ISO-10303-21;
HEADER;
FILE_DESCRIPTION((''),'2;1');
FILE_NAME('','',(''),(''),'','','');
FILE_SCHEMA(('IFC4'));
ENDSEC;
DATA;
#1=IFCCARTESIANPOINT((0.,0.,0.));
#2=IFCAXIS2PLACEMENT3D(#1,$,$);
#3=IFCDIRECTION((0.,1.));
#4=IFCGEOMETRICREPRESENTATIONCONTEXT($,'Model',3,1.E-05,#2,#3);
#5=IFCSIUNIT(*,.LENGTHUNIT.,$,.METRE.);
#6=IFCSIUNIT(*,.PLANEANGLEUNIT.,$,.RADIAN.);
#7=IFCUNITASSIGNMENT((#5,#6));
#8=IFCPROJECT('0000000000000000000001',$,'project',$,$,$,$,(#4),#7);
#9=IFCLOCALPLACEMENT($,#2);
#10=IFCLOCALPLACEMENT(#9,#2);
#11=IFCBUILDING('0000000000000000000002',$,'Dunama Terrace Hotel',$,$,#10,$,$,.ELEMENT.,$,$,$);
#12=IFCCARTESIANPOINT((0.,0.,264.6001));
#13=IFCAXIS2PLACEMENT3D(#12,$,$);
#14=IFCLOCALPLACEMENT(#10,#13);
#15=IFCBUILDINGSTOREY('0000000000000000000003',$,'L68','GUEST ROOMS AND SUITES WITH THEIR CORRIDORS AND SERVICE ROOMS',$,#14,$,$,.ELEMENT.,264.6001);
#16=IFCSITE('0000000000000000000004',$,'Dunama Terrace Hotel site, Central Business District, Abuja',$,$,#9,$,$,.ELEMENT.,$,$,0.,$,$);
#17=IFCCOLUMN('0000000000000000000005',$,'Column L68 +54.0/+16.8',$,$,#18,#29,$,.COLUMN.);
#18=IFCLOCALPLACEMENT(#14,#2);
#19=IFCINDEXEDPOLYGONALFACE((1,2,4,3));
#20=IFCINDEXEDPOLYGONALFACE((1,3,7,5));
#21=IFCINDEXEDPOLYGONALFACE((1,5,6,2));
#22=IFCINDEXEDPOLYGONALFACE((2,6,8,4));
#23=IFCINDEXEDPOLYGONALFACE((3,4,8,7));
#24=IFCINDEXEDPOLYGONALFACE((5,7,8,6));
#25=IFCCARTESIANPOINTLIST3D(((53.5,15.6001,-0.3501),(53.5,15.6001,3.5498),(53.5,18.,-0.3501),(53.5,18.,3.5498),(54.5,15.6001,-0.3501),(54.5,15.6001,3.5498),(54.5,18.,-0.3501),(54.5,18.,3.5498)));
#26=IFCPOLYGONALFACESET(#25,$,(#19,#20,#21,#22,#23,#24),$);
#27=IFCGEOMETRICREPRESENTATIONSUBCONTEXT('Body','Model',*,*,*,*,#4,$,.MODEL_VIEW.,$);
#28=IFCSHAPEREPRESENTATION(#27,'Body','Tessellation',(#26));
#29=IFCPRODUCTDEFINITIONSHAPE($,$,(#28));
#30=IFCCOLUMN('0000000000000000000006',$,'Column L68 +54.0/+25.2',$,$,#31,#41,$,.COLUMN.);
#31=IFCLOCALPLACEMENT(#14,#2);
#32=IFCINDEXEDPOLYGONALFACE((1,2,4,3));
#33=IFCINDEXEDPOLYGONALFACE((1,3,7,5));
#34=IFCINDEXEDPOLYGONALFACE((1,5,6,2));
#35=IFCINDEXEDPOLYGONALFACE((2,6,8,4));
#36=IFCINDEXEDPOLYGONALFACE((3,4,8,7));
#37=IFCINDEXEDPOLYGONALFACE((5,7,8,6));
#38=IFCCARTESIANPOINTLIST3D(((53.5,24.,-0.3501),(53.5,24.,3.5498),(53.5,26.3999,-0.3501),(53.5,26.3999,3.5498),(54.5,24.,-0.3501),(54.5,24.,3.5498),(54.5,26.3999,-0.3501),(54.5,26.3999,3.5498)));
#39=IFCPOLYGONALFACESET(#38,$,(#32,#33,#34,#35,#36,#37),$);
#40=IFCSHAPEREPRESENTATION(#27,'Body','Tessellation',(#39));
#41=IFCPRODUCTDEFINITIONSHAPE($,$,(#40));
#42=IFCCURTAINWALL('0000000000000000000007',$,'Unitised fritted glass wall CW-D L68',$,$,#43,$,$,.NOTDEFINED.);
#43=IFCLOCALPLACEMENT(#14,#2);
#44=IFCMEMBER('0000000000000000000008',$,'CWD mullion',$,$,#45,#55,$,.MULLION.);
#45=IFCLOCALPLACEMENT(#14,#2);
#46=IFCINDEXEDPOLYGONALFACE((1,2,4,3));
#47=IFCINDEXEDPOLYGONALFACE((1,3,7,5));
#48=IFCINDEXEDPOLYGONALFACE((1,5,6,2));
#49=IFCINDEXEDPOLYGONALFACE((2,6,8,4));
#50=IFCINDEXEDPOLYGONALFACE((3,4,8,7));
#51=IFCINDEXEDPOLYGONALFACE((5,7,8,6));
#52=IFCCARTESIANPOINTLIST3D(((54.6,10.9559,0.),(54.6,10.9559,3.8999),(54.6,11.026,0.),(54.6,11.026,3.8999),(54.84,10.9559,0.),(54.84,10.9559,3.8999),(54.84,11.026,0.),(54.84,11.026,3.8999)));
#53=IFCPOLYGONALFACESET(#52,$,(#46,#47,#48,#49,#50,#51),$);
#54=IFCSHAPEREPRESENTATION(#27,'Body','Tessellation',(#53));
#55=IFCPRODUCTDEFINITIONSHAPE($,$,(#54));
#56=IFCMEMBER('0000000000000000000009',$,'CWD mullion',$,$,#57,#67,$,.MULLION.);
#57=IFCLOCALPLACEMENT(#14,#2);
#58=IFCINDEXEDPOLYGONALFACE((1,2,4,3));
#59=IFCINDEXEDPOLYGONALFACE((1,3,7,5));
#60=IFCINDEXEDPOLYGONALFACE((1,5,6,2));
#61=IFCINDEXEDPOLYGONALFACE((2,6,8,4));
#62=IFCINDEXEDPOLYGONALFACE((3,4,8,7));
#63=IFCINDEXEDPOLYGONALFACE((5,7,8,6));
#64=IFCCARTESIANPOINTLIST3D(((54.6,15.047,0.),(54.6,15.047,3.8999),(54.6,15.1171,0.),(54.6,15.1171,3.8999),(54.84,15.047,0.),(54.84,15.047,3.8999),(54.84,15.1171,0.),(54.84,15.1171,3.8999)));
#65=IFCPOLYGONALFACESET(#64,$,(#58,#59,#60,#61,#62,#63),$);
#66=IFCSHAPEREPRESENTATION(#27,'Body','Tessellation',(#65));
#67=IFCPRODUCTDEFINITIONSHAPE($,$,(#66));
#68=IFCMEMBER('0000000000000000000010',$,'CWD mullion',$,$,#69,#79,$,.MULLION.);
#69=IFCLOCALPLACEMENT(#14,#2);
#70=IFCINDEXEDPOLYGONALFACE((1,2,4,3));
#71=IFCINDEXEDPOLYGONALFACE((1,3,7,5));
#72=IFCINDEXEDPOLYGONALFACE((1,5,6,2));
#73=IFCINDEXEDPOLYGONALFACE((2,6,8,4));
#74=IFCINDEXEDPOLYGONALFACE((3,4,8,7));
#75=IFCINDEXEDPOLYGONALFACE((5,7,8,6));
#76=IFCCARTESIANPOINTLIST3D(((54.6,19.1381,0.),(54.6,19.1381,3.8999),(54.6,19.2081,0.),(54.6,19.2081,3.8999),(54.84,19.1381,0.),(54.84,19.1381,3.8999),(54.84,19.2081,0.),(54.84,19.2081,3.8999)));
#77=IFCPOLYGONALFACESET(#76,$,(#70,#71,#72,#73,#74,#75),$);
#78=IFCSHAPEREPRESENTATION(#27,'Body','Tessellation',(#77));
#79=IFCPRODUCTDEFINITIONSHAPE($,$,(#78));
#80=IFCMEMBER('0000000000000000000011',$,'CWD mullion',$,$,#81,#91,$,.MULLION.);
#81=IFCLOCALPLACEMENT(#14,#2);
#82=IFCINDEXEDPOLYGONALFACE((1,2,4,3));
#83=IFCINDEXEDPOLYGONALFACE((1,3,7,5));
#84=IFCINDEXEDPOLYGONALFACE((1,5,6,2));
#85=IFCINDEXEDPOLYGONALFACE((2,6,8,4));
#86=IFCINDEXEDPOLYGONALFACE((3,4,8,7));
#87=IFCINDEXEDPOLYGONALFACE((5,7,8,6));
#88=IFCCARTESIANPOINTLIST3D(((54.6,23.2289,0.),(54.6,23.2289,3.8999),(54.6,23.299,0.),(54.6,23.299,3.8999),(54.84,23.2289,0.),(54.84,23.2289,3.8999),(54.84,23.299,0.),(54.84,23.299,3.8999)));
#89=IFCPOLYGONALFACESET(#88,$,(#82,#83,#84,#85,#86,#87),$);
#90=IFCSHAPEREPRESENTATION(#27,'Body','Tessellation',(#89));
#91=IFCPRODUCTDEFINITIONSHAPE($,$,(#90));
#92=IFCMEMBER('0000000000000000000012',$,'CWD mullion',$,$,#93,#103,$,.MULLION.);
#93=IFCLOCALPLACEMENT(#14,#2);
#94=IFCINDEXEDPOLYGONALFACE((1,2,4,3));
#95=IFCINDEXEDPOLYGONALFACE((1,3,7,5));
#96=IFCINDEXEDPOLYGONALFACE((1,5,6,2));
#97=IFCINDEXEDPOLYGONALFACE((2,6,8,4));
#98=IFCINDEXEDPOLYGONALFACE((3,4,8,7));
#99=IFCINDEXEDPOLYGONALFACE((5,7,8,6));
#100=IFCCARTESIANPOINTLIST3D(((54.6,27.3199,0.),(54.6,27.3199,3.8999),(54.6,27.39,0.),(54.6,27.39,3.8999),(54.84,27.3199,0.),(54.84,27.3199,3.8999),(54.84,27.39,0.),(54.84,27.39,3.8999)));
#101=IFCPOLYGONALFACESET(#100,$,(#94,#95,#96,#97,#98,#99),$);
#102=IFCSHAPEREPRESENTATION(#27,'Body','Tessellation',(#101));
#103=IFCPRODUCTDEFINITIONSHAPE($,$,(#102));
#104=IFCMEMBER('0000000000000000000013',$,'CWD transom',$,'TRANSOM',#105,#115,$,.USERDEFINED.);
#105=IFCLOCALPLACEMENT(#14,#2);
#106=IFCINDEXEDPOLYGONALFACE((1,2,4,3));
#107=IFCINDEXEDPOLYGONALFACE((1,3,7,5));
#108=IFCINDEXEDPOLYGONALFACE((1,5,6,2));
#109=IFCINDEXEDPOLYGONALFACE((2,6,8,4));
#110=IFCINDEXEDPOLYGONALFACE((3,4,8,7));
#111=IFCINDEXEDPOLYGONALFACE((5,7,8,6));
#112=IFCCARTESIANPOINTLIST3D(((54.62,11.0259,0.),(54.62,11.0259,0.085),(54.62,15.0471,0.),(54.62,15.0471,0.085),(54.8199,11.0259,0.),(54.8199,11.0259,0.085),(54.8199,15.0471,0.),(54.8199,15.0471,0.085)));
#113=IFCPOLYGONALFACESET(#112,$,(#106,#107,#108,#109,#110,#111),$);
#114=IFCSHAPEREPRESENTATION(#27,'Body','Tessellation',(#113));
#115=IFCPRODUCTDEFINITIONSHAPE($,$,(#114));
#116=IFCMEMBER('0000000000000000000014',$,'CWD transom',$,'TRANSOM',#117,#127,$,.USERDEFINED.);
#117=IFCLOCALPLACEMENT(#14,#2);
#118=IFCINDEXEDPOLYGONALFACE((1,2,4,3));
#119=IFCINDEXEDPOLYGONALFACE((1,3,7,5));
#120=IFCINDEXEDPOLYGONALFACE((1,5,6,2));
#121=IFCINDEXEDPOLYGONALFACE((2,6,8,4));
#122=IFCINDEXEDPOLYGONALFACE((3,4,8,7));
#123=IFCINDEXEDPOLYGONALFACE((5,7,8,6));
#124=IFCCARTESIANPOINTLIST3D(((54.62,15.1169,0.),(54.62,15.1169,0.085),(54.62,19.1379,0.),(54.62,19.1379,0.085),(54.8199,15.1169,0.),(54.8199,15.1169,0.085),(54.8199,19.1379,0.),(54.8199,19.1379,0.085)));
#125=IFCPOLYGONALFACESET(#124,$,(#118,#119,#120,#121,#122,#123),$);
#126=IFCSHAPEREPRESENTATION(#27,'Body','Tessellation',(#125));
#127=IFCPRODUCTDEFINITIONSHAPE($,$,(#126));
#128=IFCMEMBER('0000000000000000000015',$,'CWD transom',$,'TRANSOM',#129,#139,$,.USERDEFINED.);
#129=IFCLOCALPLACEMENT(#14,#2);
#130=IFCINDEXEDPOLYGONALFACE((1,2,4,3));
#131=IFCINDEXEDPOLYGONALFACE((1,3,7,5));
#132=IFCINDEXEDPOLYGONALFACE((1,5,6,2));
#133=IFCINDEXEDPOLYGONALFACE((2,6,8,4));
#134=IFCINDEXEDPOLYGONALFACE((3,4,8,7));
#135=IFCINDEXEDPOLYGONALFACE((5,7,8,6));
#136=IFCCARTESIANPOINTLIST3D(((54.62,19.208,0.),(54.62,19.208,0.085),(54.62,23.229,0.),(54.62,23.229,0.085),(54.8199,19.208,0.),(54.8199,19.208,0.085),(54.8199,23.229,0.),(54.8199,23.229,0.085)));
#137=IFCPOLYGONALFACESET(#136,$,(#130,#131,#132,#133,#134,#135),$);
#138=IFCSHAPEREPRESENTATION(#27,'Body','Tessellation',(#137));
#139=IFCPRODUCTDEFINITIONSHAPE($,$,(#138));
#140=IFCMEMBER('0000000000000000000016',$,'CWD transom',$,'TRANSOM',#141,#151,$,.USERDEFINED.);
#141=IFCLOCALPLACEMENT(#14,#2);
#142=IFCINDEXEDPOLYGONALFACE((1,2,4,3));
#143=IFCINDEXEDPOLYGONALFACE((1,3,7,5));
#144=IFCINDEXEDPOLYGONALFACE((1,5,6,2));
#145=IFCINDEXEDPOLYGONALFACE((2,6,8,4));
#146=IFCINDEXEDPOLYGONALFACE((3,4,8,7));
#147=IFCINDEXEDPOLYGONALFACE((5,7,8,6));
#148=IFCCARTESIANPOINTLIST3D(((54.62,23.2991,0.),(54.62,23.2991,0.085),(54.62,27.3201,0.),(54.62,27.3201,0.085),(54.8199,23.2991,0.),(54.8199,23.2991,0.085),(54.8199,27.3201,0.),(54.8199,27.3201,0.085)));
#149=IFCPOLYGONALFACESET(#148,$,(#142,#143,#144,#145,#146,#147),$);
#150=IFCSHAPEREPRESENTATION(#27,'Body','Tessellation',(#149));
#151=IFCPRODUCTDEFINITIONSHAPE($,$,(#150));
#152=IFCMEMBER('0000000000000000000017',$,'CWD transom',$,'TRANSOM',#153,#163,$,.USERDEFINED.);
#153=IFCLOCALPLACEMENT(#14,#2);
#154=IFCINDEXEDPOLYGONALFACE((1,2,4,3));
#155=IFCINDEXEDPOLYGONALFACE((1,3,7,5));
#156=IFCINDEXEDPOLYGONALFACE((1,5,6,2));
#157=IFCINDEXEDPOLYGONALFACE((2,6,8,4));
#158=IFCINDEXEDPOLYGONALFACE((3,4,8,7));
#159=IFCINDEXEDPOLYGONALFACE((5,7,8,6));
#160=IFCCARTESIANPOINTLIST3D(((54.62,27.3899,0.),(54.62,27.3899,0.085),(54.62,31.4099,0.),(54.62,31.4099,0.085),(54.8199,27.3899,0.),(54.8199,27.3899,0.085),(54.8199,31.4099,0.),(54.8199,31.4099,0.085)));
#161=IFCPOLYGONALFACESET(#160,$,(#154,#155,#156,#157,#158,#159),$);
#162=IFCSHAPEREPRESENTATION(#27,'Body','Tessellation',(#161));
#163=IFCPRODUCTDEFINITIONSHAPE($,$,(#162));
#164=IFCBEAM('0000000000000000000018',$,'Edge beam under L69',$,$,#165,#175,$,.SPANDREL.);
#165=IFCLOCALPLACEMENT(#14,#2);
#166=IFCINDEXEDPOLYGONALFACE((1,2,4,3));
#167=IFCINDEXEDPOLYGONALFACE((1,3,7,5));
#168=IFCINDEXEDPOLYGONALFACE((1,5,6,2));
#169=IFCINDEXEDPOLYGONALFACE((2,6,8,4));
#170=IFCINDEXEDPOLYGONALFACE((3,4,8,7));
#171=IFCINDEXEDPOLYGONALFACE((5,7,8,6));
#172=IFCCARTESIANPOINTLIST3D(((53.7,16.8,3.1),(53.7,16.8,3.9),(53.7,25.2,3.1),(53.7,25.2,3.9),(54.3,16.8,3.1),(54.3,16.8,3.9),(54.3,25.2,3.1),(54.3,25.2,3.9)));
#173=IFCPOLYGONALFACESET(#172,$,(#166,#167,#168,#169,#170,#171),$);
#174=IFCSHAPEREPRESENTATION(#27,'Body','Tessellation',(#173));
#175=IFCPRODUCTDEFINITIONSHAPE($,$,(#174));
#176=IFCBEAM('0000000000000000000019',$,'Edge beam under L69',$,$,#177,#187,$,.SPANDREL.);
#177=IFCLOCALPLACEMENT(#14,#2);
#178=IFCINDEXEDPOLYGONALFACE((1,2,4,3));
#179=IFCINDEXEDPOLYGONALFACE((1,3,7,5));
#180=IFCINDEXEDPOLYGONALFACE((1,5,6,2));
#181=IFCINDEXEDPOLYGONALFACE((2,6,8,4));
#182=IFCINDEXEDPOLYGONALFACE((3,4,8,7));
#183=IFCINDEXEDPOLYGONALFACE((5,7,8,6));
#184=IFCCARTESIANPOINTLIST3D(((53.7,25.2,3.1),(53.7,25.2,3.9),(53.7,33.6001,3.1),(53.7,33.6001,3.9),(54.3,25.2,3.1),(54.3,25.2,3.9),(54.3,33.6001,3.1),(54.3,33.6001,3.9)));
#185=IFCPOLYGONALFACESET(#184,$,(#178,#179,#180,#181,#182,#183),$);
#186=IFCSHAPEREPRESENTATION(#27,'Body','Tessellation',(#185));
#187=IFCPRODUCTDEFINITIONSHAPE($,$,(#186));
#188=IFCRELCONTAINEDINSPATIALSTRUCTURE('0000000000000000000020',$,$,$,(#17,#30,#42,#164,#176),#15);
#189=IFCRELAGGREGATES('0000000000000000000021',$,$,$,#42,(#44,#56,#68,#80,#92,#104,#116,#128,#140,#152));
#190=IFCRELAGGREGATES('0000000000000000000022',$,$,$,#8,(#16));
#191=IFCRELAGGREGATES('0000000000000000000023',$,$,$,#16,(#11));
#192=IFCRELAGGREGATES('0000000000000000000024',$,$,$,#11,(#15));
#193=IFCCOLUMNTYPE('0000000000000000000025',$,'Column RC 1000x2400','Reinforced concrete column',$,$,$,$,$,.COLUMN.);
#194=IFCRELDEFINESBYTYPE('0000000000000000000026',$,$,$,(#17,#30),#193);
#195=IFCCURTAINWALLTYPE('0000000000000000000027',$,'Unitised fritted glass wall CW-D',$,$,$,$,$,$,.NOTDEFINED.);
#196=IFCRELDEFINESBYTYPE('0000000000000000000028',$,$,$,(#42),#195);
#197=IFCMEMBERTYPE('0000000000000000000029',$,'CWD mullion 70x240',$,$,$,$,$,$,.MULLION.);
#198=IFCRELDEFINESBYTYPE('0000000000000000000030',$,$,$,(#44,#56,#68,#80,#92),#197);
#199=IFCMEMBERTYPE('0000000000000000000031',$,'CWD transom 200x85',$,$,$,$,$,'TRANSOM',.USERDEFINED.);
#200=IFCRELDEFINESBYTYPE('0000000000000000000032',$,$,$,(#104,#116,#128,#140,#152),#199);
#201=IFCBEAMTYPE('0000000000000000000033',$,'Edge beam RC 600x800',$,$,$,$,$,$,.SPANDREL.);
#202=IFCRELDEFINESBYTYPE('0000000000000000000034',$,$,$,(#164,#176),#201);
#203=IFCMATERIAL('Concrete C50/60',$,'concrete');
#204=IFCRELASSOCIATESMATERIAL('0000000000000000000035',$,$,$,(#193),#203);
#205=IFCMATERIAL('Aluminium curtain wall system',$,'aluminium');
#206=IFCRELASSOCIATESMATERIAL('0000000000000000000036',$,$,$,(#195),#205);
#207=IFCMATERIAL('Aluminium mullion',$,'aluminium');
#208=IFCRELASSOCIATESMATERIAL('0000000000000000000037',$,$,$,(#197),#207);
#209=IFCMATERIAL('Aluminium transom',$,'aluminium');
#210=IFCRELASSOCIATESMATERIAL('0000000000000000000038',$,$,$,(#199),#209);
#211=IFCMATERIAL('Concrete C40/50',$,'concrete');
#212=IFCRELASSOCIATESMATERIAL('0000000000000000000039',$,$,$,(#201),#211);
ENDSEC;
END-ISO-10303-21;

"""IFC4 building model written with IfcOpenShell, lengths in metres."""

from ifc_helpers import new_model, si_unit, direction, frame, origin, origin_2d, place, context, subcontext, project, spatial, rectangle, extrude, material, material_profile, profile_set, type_object, element, aggregate, save


model = new_model("IFC4")

# Units and contexts
model_context = context("Model", 3, precision=1e-05, world=origin(), true_north=direction((0.0, 1.0)))
body_context = subcontext(model_context, "Body", "Model", "MODEL_VIEW")
ifc_project = project(units=[si_unit("LENGTHUNIT", "METRE"), si_unit("PLANEANGLEUNIT", "RADIAN")], contexts=[model_context])

# Site, building, storey
site_placement = place(None, origin())
site = spatial("IfcSite", under=ifc_project, at=site_placement, Name="Dunama Terrace Hotel site, Central Business District, Abuja", CompositionType="ELEMENT", RefElevation=0.0)
building_placement = place(site_placement, origin())
building = spatial("IfcBuilding", under=site, at=building_placement, Name="Dunama Terrace Hotel", CompositionType="ELEMENT")
storey_placement = place(building_placement, frame((0.0, 0.0, 264.6001)))
storey = spatial("IfcBuildingStorey", under=building, at=storey_placement, Name="L68", Description="GUEST ROOMS AND SUITES WITH THEIR CORRIDORS AND SERVICE ROOMS", CompositionType="ELEMENT", Elevation=264.6001)

# Columns
ifc_material_1 = material(Name="Concrete C50/60", Category="concrete")
ifc_material_profile_1 = material_profile(ifc_material_1, rectangle(XDim=1.0, YDim=2.3999, at=origin_2d()), Name="RC 1000x2400")
ifc_profile_set_1 = profile_set([ifc_material_profile_1], Name="Concrete C50/60")
column_type = type_object("IfcColumnType", Name="Column RC 1000x2400", Description="Reinforced concrete column", PredefinedType="COLUMN", material=ifc_profile_set_1)
for number, where, z_axis, x_axis, name in (
    (1, (54.0, 16.8, -0.3501), (0.0, 0.0, 1.0), (1.0, 0.0, 0.0), "Column L68 +54.0/+16.8"),
    (2, (54.0, 25.2, -0.3501), (0.0, 0.0, 1.0), (1.0, 0.0, 0.0), "Column L68 +54.0/+25.2"),
):
    element("IfcColumn", number, at=place(storey_placement, frame(where, z_axis=z_axis, x_axis=x_axis)), inside=storey, type_object=column_type, Name=name, PredefinedType="COLUMN", context=body_context, shape_type="SweptSolid", body=[
        extrude(rectangle(XDim=1.0, YDim=2.3999, at=origin_2d()), origin(), (0.0, 0.0, 1.0), 3.8999),
    ])

# Curtain wall, members
ifc_material_2 = material(Name="Aluminium curtain wall system", Category="aluminium")
curtain_wall_type = type_object("IfcCurtainWallType", Name="Unitised fritted glass wall CW-D", PredefinedType="NOTDEFINED", material=ifc_material_2)
curtain_wall_placement = place(storey_placement, origin())
curtain_wall = element("IfcCurtainWall", 3, at=curtain_wall_placement, inside=storey, type_object=curtain_wall_type, Name="Unitised fritted glass wall CW-D L68", PredefinedType="NOTDEFINED")
ifc_material_3 = material(Name="Aluminium mullion", Category="aluminium")
ifc_material_profile_2 = material_profile(ifc_material_3, rectangle(XDim=0.0701, YDim=0.24, at=origin_2d()), Name="CWD MULLION 70X240")
ifc_profile_set_2 = profile_set([ifc_material_profile_2], Name="Aluminium mullion")
member_type_1 = type_object("IfcMemberType", Name="CWD mullion 70x240", PredefinedType="MULLION", material=ifc_profile_set_2)
member_1_placement = place(storey_placement, frame((54.72, 10.991, 0.0), z_axis=(0.0, 0.0, 1.0), x_axis=(0.0, 1.0, 0.0)))
member_1 = element("IfcMember", 4, at=member_1_placement, type_object=member_type_1, Name="CWD mullion", PredefinedType="MULLION", context=body_context, shape_type="SweptSolid", body=[
    extrude(rectangle(XDim=0.0701, YDim=0.24, at=origin_2d()), origin(), (0.0, 0.0, 1.0), 3.8999),
])
member_2_placement = place(storey_placement, frame((54.72, 15.082, 0.0), z_axis=(0.0, 0.0, 1.0), x_axis=(0.0, 1.0, 0.0)))
member_2 = element("IfcMember", 5, at=member_2_placement, type_object=member_type_1, Name="CWD mullion", PredefinedType="MULLION", context=body_context, shape_type="SweptSolid", body=[
    extrude(rectangle(XDim=0.0701, YDim=0.24, at=origin_2d()), origin(), (0.0, 0.0, 1.0), 3.8999),
])
member_3_placement = place(storey_placement, frame((54.72, 19.1731, 0.0), z_axis=(0.0, 0.0, 1.0), x_axis=(0.0, 1.0, 0.0)))
member_3 = element("IfcMember", 6, at=member_3_placement, type_object=member_type_1, Name="CWD mullion", PredefinedType="MULLION", context=body_context, shape_type="SweptSolid", body=[
    extrude(rectangle(XDim=0.0701, YDim=0.24, at=origin_2d()), origin(), (0.0, 0.0, 1.0), 3.8999),
])
member_4_placement = place(storey_placement, frame((54.72, 23.2639, 0.0), z_axis=(0.0, 0.0, 1.0), x_axis=(0.0, 1.0, 0.0)))
member_4 = element("IfcMember", 7, at=member_4_placement, type_object=member_type_1, Name="CWD mullion", PredefinedType="MULLION", context=body_context, shape_type="SweptSolid", body=[
    extrude(rectangle(XDim=0.0701, YDim=0.24, at=origin_2d()), origin(), (0.0, 0.0, 1.0), 3.8999),
])
member_5_placement = place(storey_placement, frame((54.72, 27.355, 0.0), z_axis=(0.0, 0.0, 1.0), x_axis=(0.0, 1.0, 0.0)))
member_5 = element("IfcMember", 8, at=member_5_placement, type_object=member_type_1, Name="CWD mullion", PredefinedType="MULLION", context=body_context, shape_type="SweptSolid", body=[
    extrude(rectangle(XDim=0.0701, YDim=0.24, at=origin_2d()), origin(), (0.0, 0.0, 1.0), 3.8999),
])
ifc_material_4 = material(Name="Aluminium transom", Category="aluminium")
ifc_material_profile_3 = material_profile(ifc_material_4, rectangle(XDim=0.2, YDim=0.085, at=origin_2d()), Name="CWD TRANSOM 200X85")
ifc_profile_set_3 = profile_set([ifc_material_profile_3], Name="Aluminium transom")
member_type_2 = type_object("IfcMemberType", Name="CWD transom 200x85", ElementType="TRANSOM", PredefinedType="USERDEFINED", material=ifc_profile_set_3)
member_6_placement = place(storey_placement, frame((54.72, 11.0259, 0.0425), z_axis=(0.0, 1.0, 0.0), x_axis=(-1.0, 0.0, 0.0)))
member_6 = element("IfcMember", 9, at=member_6_placement, type_object=member_type_2, Name="CWD transom", ObjectType="TRANSOM", PredefinedType="USERDEFINED", context=body_context, shape_type="SweptSolid", body=[
    extrude(rectangle(XDim=0.2, YDim=0.085, at=origin_2d()), origin(), (0.0, 0.0, 1.0), 4.0212),
])
member_7_placement = place(storey_placement, frame((54.72, 15.1169, 0.0425), z_axis=(0.0, 1.0, 0.0), x_axis=(-1.0, 0.0, 0.0)))
member_7 = element("IfcMember", 10, at=member_7_placement, type_object=member_type_2, Name="CWD transom", ObjectType="TRANSOM", PredefinedType="USERDEFINED", context=body_context, shape_type="SweptSolid", body=[
    extrude(rectangle(XDim=0.2, YDim=0.085, at=origin_2d()), origin(), (0.0, 0.0, 1.0), 4.021),
])
member_8_placement = place(storey_placement, frame((54.72, 19.208, 0.0425), z_axis=(0.0, 1.0, 0.0), x_axis=(-1.0, 0.0, 0.0)))
member_8 = element("IfcMember", 11, at=member_8_placement, type_object=member_type_2, Name="CWD transom", ObjectType="TRANSOM", PredefinedType="USERDEFINED", context=body_context, shape_type="SweptSolid", body=[
    extrude(rectangle(XDim=0.2, YDim=0.085, at=origin_2d()), origin(), (0.0, 0.0, 1.0), 4.021),
])
member_9_placement = place(storey_placement, frame((54.72, 23.2991, 0.0425), z_axis=(0.0, 1.0, 0.0), x_axis=(-1.0, 0.0, 0.0)))
member_9 = element("IfcMember", 12, at=member_9_placement, type_object=member_type_2, Name="CWD transom", ObjectType="TRANSOM", PredefinedType="USERDEFINED", context=body_context, shape_type="SweptSolid", body=[
    extrude(rectangle(XDim=0.2, YDim=0.085, at=origin_2d()), origin(), (0.0, 0.0, 1.0), 4.021),
])
member_10_placement = place(storey_placement, frame((54.72, 27.3899, 0.0425), z_axis=(0.0, 1.0, 0.0), x_axis=(-1.0, 0.0, 0.0)))
member_10 = element("IfcMember", 13, at=member_10_placement, type_object=member_type_2, Name="CWD transom", ObjectType="TRANSOM", PredefinedType="USERDEFINED", context=body_context, shape_type="SweptSolid", body=[
    extrude(rectangle(XDim=0.2, YDim=0.085, at=origin_2d()), origin(), (0.0, 0.0, 1.0), 4.02),
])

# Beams
ifc_material_5 = material(Name="Concrete C40/50", Category="concrete")
ifc_material_profile_4 = material_profile(ifc_material_5, rectangle(XDim=0.6001, YDim=0.8, at=origin_2d()), Name="RC 600x800")
ifc_profile_set_4 = profile_set([ifc_material_profile_4], Name="Concrete C40/50")
beam_type = type_object("IfcBeamType", Name="Edge beam RC 600x800", PredefinedType="SPANDREL", material=ifc_profile_set_4)
beam_1_placement = place(storey_placement, frame((54.0, 16.8, 3.5), z_axis=(0.0, 1.0, 0.0), x_axis=(-1.0, 0.0, 0.0)))
element("IfcBeam", 14, at=beam_1_placement, inside=storey, type_object=beam_type, Name="Edge beam under L69", PredefinedType="SPANDREL", context=body_context, shape_type="SweptSolid", body=[
    extrude(rectangle(XDim=0.6001, YDim=0.8, at=origin_2d()), origin(), (0.0, 0.0, 1.0), 8.3999),
])
beam_2_placement = place(storey_placement, frame((54.0, 25.2, 3.5), z_axis=(0.0, 1.0, 0.0), x_axis=(-1.0, 0.0, 0.0)))
element("IfcBeam", 15, at=beam_2_placement, inside=storey, type_object=beam_type, Name="Edge beam under L69", PredefinedType="SPANDREL", context=body_context, shape_type="SweptSolid", body=[
    extrude(rectangle(XDim=0.6001, YDim=0.8, at=origin_2d()), origin(), (0.0, 0.0, 1.0), 8.4001),
])

aggregate(curtain_wall, [member_1, member_2, member_3, member_4, member_5, member_6, member_7, member_8, member_9, member_10])

save(model, "model.ifc")
